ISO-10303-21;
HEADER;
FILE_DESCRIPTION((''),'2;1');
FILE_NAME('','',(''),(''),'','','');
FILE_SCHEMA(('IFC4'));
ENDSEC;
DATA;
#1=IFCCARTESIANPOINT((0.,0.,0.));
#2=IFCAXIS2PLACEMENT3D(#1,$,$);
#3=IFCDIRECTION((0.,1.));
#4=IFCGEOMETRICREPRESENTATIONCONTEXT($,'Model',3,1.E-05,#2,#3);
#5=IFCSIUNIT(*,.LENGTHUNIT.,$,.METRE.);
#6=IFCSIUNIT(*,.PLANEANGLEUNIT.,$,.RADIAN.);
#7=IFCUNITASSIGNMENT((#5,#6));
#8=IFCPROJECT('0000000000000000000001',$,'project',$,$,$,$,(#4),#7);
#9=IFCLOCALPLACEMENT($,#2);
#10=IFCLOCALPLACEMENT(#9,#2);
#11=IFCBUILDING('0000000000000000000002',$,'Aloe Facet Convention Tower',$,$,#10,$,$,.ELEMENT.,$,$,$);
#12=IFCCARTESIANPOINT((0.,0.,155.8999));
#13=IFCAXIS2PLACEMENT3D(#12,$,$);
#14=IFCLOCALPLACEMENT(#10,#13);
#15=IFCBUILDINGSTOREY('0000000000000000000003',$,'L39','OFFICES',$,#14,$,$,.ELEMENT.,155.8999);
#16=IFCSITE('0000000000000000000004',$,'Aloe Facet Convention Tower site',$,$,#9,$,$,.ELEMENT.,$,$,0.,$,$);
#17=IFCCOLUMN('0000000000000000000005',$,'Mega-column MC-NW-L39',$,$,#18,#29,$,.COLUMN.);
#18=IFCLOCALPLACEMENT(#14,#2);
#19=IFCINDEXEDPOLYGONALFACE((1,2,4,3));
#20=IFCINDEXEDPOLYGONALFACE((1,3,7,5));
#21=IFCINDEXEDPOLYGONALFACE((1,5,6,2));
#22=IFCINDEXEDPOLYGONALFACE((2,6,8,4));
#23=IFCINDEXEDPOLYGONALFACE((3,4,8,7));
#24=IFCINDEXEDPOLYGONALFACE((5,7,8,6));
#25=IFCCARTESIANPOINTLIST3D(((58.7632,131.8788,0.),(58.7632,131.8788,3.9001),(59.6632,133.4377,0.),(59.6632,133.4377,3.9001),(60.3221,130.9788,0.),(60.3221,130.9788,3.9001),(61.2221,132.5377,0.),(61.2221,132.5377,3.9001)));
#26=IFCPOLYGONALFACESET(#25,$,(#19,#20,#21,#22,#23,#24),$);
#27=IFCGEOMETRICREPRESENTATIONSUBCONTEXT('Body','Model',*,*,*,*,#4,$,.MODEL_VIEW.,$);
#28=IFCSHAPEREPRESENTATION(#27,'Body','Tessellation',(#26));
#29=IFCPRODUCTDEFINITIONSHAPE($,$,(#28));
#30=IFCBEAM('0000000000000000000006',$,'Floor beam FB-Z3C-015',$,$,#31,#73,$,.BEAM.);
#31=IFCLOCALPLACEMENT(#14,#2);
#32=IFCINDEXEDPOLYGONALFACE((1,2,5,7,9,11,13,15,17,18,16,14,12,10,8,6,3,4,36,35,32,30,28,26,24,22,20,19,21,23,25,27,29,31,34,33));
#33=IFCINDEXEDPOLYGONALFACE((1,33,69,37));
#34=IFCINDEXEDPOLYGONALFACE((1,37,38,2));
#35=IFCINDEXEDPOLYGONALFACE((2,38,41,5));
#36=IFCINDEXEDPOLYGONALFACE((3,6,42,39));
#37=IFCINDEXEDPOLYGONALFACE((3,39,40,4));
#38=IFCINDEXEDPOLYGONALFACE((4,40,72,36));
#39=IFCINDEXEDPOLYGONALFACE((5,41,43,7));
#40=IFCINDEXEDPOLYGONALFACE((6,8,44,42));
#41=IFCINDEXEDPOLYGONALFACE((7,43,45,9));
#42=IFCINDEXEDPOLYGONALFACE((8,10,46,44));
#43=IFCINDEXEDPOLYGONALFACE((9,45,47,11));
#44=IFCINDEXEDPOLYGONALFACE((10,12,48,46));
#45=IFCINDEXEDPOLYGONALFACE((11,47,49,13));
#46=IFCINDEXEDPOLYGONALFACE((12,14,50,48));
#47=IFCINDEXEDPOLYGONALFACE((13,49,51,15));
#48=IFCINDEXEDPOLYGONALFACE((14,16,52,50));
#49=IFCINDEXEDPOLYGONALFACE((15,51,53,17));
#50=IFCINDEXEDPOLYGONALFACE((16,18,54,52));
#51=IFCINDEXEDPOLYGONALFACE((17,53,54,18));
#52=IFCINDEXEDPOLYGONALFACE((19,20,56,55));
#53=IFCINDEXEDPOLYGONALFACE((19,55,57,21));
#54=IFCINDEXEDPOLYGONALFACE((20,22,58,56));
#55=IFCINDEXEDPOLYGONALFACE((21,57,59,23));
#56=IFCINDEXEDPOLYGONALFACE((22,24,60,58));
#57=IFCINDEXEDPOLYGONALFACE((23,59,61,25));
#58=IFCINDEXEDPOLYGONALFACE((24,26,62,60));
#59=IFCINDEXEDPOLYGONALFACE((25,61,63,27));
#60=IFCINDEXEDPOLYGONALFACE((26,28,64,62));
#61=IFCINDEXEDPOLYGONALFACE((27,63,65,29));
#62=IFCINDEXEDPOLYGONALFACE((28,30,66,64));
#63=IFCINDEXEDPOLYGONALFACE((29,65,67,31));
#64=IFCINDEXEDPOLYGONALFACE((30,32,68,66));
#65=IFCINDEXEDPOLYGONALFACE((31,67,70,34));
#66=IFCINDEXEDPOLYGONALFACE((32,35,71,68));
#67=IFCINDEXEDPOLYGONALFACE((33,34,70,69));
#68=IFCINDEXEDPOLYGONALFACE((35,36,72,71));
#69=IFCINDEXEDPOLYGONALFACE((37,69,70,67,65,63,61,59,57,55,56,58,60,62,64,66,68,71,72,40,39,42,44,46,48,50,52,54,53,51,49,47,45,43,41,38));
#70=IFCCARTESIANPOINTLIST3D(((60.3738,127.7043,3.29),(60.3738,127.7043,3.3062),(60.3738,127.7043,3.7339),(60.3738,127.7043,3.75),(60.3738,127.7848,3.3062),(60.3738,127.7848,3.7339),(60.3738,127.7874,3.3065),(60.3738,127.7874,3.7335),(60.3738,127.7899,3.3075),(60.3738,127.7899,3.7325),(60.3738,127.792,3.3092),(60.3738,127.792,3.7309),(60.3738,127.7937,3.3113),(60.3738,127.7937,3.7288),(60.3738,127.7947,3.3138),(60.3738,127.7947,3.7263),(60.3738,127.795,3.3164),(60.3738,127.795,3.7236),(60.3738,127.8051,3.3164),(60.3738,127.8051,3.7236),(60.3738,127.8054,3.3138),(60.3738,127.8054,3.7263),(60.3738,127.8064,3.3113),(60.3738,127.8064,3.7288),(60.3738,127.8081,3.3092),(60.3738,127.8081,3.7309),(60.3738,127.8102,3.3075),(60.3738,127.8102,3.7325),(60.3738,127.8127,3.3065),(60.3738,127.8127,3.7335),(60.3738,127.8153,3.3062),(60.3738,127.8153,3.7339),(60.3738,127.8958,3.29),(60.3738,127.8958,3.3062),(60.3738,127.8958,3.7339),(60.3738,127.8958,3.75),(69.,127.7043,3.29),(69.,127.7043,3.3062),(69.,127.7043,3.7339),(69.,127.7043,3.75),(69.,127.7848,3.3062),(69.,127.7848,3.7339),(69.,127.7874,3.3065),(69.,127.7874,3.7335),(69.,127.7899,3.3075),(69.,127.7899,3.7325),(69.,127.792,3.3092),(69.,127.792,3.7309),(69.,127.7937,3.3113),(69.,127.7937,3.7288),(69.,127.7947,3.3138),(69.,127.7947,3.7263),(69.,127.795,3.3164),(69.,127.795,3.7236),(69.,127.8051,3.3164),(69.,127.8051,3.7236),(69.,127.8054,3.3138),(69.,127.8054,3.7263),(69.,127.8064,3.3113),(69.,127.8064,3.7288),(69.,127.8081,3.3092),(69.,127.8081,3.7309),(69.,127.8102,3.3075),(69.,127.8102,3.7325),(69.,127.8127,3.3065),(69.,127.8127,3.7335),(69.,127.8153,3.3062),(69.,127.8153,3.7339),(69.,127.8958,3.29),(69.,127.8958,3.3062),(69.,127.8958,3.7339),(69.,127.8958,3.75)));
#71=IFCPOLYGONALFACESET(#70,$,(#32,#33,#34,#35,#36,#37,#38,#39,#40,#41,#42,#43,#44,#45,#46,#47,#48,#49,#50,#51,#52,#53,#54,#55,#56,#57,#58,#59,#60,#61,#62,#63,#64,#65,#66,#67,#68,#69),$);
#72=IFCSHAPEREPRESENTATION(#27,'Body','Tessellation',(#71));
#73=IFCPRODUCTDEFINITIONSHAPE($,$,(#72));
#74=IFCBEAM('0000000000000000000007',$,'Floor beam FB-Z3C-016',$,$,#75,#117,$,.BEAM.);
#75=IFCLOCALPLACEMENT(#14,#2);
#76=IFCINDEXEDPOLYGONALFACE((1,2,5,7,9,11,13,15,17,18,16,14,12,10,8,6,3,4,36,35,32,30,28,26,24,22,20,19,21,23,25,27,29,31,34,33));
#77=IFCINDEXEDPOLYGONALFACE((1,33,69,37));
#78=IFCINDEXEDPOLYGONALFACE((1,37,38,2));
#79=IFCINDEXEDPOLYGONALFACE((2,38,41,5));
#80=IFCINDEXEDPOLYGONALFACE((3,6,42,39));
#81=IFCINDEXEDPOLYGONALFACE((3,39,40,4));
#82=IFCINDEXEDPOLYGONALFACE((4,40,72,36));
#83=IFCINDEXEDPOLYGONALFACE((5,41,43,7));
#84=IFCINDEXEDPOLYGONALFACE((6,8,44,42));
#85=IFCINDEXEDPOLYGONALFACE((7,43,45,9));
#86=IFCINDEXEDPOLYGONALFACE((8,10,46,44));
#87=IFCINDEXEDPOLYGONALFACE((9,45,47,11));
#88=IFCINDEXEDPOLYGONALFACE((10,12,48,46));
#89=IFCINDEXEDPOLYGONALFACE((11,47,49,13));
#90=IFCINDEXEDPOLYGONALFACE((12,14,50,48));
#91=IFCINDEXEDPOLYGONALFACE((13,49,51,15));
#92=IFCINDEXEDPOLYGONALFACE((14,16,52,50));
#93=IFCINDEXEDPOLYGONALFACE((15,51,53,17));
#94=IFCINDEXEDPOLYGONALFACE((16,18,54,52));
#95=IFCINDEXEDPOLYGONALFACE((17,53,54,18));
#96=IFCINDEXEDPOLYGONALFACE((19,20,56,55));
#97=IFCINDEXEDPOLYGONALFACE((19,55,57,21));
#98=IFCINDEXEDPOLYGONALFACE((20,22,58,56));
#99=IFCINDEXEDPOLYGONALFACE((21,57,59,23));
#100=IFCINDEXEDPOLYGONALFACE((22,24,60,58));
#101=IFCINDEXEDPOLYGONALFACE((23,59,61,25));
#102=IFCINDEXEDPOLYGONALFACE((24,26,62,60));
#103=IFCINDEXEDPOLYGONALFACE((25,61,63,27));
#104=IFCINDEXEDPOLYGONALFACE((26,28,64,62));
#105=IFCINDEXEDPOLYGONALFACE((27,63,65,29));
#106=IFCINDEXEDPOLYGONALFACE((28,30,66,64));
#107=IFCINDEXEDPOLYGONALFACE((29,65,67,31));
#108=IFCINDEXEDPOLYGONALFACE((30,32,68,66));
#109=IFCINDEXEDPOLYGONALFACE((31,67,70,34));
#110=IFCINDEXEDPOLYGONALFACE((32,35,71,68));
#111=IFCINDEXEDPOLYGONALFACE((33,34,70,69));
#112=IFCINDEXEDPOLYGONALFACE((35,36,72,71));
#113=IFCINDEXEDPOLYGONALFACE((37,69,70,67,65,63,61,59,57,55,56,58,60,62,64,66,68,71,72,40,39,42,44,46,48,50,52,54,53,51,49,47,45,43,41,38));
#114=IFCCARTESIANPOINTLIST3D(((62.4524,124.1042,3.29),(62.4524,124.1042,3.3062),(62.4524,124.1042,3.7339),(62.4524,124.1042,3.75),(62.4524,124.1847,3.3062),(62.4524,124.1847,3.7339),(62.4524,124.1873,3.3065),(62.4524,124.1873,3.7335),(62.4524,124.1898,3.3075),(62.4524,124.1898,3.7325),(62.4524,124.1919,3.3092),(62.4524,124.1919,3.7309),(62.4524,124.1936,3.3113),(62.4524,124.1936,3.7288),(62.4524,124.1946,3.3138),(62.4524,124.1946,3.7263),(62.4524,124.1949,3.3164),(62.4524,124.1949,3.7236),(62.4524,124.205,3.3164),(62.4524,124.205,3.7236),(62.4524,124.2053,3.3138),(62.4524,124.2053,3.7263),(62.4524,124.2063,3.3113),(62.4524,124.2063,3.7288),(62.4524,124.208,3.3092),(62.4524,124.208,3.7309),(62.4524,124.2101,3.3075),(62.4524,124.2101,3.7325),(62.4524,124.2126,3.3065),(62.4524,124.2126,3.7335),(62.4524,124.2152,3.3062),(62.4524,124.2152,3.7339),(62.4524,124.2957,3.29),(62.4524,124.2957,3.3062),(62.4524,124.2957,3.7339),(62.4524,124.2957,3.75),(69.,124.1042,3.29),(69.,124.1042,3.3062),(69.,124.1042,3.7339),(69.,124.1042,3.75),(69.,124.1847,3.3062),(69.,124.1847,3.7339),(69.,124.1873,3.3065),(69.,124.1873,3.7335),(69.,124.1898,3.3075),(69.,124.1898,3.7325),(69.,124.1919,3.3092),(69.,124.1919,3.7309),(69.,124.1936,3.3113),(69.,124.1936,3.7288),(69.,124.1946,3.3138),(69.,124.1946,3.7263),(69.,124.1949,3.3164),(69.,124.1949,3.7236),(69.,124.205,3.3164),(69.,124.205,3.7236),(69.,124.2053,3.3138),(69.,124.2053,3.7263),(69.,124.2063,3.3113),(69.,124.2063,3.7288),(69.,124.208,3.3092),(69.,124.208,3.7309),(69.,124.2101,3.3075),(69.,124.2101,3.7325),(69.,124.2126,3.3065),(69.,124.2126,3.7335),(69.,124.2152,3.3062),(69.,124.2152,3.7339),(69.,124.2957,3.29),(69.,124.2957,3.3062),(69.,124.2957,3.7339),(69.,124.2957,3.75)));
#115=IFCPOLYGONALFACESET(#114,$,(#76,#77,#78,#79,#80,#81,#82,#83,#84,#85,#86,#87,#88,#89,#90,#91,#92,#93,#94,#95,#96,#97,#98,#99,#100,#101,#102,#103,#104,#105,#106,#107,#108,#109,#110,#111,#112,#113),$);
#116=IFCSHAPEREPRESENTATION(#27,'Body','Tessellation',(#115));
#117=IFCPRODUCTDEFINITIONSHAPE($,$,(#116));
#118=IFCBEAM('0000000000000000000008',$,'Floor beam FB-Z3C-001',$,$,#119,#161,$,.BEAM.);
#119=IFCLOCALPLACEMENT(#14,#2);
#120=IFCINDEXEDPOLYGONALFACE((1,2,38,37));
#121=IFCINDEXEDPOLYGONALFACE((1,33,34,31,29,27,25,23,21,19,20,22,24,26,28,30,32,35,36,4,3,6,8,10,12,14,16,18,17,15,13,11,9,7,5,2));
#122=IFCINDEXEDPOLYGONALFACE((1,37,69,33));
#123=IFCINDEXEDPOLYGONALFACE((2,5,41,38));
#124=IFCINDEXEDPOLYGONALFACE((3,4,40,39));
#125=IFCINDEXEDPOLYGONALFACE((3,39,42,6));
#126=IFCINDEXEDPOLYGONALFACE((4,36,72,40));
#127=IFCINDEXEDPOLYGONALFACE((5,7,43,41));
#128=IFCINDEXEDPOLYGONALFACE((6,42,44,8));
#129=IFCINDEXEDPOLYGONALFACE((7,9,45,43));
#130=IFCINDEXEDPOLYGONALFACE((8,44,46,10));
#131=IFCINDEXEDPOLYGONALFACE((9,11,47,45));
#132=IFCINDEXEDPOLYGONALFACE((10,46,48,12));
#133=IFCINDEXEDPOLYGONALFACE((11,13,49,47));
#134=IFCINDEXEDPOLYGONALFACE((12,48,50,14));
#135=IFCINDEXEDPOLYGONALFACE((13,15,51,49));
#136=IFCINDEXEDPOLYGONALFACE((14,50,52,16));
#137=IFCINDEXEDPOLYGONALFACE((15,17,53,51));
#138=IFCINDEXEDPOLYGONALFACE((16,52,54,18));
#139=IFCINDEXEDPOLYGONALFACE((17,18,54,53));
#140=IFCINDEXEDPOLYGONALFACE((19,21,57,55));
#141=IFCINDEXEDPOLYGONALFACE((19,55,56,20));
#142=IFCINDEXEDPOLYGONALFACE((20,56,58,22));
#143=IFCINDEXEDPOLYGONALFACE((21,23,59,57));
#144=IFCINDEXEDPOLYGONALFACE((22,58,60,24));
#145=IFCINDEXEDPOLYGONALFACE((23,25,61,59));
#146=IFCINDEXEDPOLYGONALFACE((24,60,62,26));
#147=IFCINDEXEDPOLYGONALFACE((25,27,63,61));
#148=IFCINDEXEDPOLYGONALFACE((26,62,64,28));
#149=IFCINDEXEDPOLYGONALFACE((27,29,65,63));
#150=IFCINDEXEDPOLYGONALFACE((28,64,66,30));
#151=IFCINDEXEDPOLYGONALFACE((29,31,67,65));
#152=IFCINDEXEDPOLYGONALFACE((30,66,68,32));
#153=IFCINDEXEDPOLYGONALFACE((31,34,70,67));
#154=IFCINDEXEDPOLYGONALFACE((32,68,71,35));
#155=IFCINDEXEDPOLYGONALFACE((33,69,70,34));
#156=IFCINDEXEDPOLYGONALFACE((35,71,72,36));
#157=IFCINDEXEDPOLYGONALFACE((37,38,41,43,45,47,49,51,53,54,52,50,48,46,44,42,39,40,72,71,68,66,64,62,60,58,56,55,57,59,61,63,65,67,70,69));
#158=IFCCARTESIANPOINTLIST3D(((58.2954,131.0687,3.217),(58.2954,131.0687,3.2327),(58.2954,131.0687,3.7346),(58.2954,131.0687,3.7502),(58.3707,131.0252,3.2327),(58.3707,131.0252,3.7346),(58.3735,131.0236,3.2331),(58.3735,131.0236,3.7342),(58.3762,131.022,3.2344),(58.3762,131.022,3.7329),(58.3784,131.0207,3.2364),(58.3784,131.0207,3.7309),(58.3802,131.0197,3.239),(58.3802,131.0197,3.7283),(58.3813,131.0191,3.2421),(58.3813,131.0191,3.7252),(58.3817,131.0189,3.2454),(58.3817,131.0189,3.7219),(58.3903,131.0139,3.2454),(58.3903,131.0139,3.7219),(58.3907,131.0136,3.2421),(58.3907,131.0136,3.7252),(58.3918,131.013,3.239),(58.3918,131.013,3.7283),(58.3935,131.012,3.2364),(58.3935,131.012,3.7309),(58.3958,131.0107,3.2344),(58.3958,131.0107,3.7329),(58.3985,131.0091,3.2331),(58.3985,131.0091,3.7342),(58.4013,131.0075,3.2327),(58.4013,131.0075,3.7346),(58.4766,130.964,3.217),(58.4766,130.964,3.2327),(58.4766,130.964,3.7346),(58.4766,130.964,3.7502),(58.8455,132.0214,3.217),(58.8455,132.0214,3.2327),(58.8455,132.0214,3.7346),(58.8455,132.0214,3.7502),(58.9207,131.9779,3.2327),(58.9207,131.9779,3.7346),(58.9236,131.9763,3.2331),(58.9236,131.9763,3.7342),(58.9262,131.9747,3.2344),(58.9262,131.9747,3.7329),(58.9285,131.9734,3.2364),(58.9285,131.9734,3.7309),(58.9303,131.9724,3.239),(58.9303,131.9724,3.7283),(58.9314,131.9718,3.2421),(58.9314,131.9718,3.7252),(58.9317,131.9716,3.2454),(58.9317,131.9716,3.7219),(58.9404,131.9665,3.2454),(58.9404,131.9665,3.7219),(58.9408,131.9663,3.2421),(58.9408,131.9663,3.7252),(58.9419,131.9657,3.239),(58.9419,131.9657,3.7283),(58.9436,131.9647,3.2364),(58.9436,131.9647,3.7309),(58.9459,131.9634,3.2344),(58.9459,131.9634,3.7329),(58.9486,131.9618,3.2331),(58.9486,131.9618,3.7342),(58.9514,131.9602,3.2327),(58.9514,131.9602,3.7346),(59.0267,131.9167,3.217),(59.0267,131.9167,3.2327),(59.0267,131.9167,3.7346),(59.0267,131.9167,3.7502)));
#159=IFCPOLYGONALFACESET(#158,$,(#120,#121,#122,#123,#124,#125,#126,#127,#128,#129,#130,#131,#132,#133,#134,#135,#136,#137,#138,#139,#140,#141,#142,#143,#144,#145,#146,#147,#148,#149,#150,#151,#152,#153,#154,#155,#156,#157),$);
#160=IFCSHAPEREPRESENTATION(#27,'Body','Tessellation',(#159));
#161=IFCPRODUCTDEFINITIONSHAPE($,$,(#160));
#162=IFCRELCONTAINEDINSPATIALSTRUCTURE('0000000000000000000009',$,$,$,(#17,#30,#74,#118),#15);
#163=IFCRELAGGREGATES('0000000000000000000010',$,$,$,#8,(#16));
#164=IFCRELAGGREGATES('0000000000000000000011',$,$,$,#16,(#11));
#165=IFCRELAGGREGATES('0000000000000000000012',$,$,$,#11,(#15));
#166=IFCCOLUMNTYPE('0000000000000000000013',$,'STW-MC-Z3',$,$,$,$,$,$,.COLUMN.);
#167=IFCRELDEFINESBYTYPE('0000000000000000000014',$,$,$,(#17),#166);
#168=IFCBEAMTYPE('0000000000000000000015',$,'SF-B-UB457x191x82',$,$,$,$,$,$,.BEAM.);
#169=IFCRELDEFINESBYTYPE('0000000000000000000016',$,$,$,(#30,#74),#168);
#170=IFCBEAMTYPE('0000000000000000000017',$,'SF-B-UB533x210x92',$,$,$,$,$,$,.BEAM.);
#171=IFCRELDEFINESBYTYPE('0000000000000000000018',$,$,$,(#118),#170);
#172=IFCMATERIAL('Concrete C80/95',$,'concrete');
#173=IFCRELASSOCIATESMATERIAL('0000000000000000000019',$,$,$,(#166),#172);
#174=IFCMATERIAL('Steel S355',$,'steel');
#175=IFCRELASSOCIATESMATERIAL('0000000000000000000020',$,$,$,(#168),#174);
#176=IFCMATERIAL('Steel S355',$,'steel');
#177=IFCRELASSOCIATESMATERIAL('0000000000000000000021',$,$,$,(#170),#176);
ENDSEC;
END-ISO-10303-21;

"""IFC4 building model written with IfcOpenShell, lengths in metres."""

from ifc_helpers import new_model, si_unit, direction, frame, origin, origin_2d, place, context, subcontext, project, spatial, rectangle, i_section, extrude, material, material_profile, profile_set, type_object, element, save


model = new_model("IFC4")

# Units and contexts
model_context = context("Model", 3, precision=1e-05, world=origin(), true_north=direction((0.0, 1.0)))
body_context = subcontext(model_context, "Body", "Model", "MODEL_VIEW")
ifc_project = project(units=[si_unit("LENGTHUNIT", "METRE"), si_unit("PLANEANGLEUNIT", "RADIAN")], contexts=[model_context])

# Site, building, storey
site_placement = place(None, origin())
site = spatial("IfcSite", under=ifc_project, at=site_placement, Name="Aloe Facet Convention Tower site", CompositionType="ELEMENT", RefElevation=0.0)
building_placement = place(site_placement, origin())
building = spatial("IfcBuilding", under=site, at=building_placement, Name="Aloe Facet Convention Tower", CompositionType="ELEMENT")
storey_placement = place(building_placement, frame((0.0, 0.0, 155.8999)))
storey = spatial("IfcBuildingStorey", under=building, at=storey_placement, Name="L39", Description="OFFICES", CompositionType="ELEMENT", Elevation=155.8999)

# Column
ifc_material_1 = material(Name="Concrete C80/95", Category="concrete")
ifc_material_profile_1 = material_profile(ifc_material_1, rectangle(XDim=1.8, YDim=1.8, at=origin_2d()), Name="STW-MC-Z3")
ifc_profile_set_1 = profile_set([ifc_material_profile_1], Name="Concrete C80/95")
column_type = type_object("IfcColumnType", Name="STW-MC-Z3", PredefinedType="COLUMN", material=ifc_profile_set_1)
column_placement = place(storey_placement, frame((59.9927, 132.2083, 0.0), z_axis=(0.0, 0.0, 1.0), x_axis=(-0.5, -0.866025, 0.0)))
element("IfcColumn", 1, at=column_placement, inside=storey, type_object=column_type, Name="Mega-column MC-NW-L39", PredefinedType="COLUMN", context=body_context, shape_type="SweptSolid", body=[
    extrude(rectangle(XDim=1.8, YDim=1.8, at=origin_2d()), origin(), (0.0, 0.0, 1.0), 3.9001),
])

# Beams
ifc_material_2 = material(Name="Steel S355", Category="steel")
ifc_material_profile_2 = material_profile(ifc_material_2, i_section(OverallWidth=0.1914, OverallDepth=0.46, WebThickness=0.01, FlangeThickness=0.0161, FilletRadius=0.0103, at=origin_2d()), Name="UB 457x191x82")
ifc_profile_set_2 = profile_set([ifc_material_profile_2], Name="Steel S355")
beam_type_1 = type_object("IfcBeamType", Name="SF-B-UB457x191x82", PredefinedType="BEAM", material=ifc_profile_set_2)
beam_1_placement = place(storey_placement, frame((60.3738, 127.8, 3.52), z_axis=(1.0, 0.0, 0.0), x_axis=(0.0, 1.0, 0.0)))
element("IfcBeam", 2, at=beam_1_placement, inside=storey, type_object=beam_type_1, Name="Floor beam FB-Z3C-015", PredefinedType="BEAM", context=body_context, shape_type="SweptSolid", body=[
    extrude(i_section(OverallWidth=0.1914, OverallDepth=0.46, WebThickness=0.01, FlangeThickness=0.0161, FilletRadius=0.0103, at=origin_2d()), origin(), (0.0, 0.0, 1.0), 8.6262),
])
beam_2_placement = place(storey_placement, frame((62.4524, 124.2, 3.52), z_axis=(1.0, 0.0, 0.0), x_axis=(0.0, 1.0, 0.0)))
element("IfcBeam", 3, at=beam_2_placement, inside=storey, type_object=beam_type_1, Name="Floor beam FB-Z3C-016", PredefinedType="BEAM", context=body_context, shape_type="SweptSolid", body=[
    extrude(i_section(OverallWidth=0.1914, OverallDepth=0.46, WebThickness=0.01, FlangeThickness=0.0161, FilletRadius=0.0103, at=origin_2d()), origin(), (0.0, 0.0, 1.0), 6.5476),
])
ifc_material_3 = material(Name="Steel S355", Category="steel")
ifc_material_profile_3 = material_profile(ifc_material_3, i_section(OverallWidth=0.2092, OverallDepth=0.5332, WebThickness=0.01, FlangeThickness=0.0156, FilletRadius=0.0127, at=origin_2d()), Name="UB 533x210x92")
ifc_profile_set_3 = profile_set([ifc_material_profile_3], Name="Steel S355")
beam_type_2 = type_object("IfcBeamType", Name="SF-B-UB533x210x92", PredefinedType="BEAM", material=ifc_profile_set_3)
beam_3_placement = place(storey_placement, frame((58.386, 131.0164, 3.4836), z_axis=(0.50003, 0.866008, 0.0), x_axis=(-0.866008, 0.50003, 0.0)))
element("IfcBeam", 4, at=beam_3_placement, inside=storey, type_object=beam_type_2, Name="Floor beam FB-Z3C-001", PredefinedType="BEAM", context=body_context, shape_type="SweptSolid", body=[
    extrude(i_section(OverallWidth=0.2092, OverallDepth=0.5332, WebThickness=0.01, FlangeThickness=0.0156, FilletRadius=0.0127, at=origin_2d()), origin(), (0.0, 0.0, 1.0), 1.1001),
])

save(model, "model.ifc")
